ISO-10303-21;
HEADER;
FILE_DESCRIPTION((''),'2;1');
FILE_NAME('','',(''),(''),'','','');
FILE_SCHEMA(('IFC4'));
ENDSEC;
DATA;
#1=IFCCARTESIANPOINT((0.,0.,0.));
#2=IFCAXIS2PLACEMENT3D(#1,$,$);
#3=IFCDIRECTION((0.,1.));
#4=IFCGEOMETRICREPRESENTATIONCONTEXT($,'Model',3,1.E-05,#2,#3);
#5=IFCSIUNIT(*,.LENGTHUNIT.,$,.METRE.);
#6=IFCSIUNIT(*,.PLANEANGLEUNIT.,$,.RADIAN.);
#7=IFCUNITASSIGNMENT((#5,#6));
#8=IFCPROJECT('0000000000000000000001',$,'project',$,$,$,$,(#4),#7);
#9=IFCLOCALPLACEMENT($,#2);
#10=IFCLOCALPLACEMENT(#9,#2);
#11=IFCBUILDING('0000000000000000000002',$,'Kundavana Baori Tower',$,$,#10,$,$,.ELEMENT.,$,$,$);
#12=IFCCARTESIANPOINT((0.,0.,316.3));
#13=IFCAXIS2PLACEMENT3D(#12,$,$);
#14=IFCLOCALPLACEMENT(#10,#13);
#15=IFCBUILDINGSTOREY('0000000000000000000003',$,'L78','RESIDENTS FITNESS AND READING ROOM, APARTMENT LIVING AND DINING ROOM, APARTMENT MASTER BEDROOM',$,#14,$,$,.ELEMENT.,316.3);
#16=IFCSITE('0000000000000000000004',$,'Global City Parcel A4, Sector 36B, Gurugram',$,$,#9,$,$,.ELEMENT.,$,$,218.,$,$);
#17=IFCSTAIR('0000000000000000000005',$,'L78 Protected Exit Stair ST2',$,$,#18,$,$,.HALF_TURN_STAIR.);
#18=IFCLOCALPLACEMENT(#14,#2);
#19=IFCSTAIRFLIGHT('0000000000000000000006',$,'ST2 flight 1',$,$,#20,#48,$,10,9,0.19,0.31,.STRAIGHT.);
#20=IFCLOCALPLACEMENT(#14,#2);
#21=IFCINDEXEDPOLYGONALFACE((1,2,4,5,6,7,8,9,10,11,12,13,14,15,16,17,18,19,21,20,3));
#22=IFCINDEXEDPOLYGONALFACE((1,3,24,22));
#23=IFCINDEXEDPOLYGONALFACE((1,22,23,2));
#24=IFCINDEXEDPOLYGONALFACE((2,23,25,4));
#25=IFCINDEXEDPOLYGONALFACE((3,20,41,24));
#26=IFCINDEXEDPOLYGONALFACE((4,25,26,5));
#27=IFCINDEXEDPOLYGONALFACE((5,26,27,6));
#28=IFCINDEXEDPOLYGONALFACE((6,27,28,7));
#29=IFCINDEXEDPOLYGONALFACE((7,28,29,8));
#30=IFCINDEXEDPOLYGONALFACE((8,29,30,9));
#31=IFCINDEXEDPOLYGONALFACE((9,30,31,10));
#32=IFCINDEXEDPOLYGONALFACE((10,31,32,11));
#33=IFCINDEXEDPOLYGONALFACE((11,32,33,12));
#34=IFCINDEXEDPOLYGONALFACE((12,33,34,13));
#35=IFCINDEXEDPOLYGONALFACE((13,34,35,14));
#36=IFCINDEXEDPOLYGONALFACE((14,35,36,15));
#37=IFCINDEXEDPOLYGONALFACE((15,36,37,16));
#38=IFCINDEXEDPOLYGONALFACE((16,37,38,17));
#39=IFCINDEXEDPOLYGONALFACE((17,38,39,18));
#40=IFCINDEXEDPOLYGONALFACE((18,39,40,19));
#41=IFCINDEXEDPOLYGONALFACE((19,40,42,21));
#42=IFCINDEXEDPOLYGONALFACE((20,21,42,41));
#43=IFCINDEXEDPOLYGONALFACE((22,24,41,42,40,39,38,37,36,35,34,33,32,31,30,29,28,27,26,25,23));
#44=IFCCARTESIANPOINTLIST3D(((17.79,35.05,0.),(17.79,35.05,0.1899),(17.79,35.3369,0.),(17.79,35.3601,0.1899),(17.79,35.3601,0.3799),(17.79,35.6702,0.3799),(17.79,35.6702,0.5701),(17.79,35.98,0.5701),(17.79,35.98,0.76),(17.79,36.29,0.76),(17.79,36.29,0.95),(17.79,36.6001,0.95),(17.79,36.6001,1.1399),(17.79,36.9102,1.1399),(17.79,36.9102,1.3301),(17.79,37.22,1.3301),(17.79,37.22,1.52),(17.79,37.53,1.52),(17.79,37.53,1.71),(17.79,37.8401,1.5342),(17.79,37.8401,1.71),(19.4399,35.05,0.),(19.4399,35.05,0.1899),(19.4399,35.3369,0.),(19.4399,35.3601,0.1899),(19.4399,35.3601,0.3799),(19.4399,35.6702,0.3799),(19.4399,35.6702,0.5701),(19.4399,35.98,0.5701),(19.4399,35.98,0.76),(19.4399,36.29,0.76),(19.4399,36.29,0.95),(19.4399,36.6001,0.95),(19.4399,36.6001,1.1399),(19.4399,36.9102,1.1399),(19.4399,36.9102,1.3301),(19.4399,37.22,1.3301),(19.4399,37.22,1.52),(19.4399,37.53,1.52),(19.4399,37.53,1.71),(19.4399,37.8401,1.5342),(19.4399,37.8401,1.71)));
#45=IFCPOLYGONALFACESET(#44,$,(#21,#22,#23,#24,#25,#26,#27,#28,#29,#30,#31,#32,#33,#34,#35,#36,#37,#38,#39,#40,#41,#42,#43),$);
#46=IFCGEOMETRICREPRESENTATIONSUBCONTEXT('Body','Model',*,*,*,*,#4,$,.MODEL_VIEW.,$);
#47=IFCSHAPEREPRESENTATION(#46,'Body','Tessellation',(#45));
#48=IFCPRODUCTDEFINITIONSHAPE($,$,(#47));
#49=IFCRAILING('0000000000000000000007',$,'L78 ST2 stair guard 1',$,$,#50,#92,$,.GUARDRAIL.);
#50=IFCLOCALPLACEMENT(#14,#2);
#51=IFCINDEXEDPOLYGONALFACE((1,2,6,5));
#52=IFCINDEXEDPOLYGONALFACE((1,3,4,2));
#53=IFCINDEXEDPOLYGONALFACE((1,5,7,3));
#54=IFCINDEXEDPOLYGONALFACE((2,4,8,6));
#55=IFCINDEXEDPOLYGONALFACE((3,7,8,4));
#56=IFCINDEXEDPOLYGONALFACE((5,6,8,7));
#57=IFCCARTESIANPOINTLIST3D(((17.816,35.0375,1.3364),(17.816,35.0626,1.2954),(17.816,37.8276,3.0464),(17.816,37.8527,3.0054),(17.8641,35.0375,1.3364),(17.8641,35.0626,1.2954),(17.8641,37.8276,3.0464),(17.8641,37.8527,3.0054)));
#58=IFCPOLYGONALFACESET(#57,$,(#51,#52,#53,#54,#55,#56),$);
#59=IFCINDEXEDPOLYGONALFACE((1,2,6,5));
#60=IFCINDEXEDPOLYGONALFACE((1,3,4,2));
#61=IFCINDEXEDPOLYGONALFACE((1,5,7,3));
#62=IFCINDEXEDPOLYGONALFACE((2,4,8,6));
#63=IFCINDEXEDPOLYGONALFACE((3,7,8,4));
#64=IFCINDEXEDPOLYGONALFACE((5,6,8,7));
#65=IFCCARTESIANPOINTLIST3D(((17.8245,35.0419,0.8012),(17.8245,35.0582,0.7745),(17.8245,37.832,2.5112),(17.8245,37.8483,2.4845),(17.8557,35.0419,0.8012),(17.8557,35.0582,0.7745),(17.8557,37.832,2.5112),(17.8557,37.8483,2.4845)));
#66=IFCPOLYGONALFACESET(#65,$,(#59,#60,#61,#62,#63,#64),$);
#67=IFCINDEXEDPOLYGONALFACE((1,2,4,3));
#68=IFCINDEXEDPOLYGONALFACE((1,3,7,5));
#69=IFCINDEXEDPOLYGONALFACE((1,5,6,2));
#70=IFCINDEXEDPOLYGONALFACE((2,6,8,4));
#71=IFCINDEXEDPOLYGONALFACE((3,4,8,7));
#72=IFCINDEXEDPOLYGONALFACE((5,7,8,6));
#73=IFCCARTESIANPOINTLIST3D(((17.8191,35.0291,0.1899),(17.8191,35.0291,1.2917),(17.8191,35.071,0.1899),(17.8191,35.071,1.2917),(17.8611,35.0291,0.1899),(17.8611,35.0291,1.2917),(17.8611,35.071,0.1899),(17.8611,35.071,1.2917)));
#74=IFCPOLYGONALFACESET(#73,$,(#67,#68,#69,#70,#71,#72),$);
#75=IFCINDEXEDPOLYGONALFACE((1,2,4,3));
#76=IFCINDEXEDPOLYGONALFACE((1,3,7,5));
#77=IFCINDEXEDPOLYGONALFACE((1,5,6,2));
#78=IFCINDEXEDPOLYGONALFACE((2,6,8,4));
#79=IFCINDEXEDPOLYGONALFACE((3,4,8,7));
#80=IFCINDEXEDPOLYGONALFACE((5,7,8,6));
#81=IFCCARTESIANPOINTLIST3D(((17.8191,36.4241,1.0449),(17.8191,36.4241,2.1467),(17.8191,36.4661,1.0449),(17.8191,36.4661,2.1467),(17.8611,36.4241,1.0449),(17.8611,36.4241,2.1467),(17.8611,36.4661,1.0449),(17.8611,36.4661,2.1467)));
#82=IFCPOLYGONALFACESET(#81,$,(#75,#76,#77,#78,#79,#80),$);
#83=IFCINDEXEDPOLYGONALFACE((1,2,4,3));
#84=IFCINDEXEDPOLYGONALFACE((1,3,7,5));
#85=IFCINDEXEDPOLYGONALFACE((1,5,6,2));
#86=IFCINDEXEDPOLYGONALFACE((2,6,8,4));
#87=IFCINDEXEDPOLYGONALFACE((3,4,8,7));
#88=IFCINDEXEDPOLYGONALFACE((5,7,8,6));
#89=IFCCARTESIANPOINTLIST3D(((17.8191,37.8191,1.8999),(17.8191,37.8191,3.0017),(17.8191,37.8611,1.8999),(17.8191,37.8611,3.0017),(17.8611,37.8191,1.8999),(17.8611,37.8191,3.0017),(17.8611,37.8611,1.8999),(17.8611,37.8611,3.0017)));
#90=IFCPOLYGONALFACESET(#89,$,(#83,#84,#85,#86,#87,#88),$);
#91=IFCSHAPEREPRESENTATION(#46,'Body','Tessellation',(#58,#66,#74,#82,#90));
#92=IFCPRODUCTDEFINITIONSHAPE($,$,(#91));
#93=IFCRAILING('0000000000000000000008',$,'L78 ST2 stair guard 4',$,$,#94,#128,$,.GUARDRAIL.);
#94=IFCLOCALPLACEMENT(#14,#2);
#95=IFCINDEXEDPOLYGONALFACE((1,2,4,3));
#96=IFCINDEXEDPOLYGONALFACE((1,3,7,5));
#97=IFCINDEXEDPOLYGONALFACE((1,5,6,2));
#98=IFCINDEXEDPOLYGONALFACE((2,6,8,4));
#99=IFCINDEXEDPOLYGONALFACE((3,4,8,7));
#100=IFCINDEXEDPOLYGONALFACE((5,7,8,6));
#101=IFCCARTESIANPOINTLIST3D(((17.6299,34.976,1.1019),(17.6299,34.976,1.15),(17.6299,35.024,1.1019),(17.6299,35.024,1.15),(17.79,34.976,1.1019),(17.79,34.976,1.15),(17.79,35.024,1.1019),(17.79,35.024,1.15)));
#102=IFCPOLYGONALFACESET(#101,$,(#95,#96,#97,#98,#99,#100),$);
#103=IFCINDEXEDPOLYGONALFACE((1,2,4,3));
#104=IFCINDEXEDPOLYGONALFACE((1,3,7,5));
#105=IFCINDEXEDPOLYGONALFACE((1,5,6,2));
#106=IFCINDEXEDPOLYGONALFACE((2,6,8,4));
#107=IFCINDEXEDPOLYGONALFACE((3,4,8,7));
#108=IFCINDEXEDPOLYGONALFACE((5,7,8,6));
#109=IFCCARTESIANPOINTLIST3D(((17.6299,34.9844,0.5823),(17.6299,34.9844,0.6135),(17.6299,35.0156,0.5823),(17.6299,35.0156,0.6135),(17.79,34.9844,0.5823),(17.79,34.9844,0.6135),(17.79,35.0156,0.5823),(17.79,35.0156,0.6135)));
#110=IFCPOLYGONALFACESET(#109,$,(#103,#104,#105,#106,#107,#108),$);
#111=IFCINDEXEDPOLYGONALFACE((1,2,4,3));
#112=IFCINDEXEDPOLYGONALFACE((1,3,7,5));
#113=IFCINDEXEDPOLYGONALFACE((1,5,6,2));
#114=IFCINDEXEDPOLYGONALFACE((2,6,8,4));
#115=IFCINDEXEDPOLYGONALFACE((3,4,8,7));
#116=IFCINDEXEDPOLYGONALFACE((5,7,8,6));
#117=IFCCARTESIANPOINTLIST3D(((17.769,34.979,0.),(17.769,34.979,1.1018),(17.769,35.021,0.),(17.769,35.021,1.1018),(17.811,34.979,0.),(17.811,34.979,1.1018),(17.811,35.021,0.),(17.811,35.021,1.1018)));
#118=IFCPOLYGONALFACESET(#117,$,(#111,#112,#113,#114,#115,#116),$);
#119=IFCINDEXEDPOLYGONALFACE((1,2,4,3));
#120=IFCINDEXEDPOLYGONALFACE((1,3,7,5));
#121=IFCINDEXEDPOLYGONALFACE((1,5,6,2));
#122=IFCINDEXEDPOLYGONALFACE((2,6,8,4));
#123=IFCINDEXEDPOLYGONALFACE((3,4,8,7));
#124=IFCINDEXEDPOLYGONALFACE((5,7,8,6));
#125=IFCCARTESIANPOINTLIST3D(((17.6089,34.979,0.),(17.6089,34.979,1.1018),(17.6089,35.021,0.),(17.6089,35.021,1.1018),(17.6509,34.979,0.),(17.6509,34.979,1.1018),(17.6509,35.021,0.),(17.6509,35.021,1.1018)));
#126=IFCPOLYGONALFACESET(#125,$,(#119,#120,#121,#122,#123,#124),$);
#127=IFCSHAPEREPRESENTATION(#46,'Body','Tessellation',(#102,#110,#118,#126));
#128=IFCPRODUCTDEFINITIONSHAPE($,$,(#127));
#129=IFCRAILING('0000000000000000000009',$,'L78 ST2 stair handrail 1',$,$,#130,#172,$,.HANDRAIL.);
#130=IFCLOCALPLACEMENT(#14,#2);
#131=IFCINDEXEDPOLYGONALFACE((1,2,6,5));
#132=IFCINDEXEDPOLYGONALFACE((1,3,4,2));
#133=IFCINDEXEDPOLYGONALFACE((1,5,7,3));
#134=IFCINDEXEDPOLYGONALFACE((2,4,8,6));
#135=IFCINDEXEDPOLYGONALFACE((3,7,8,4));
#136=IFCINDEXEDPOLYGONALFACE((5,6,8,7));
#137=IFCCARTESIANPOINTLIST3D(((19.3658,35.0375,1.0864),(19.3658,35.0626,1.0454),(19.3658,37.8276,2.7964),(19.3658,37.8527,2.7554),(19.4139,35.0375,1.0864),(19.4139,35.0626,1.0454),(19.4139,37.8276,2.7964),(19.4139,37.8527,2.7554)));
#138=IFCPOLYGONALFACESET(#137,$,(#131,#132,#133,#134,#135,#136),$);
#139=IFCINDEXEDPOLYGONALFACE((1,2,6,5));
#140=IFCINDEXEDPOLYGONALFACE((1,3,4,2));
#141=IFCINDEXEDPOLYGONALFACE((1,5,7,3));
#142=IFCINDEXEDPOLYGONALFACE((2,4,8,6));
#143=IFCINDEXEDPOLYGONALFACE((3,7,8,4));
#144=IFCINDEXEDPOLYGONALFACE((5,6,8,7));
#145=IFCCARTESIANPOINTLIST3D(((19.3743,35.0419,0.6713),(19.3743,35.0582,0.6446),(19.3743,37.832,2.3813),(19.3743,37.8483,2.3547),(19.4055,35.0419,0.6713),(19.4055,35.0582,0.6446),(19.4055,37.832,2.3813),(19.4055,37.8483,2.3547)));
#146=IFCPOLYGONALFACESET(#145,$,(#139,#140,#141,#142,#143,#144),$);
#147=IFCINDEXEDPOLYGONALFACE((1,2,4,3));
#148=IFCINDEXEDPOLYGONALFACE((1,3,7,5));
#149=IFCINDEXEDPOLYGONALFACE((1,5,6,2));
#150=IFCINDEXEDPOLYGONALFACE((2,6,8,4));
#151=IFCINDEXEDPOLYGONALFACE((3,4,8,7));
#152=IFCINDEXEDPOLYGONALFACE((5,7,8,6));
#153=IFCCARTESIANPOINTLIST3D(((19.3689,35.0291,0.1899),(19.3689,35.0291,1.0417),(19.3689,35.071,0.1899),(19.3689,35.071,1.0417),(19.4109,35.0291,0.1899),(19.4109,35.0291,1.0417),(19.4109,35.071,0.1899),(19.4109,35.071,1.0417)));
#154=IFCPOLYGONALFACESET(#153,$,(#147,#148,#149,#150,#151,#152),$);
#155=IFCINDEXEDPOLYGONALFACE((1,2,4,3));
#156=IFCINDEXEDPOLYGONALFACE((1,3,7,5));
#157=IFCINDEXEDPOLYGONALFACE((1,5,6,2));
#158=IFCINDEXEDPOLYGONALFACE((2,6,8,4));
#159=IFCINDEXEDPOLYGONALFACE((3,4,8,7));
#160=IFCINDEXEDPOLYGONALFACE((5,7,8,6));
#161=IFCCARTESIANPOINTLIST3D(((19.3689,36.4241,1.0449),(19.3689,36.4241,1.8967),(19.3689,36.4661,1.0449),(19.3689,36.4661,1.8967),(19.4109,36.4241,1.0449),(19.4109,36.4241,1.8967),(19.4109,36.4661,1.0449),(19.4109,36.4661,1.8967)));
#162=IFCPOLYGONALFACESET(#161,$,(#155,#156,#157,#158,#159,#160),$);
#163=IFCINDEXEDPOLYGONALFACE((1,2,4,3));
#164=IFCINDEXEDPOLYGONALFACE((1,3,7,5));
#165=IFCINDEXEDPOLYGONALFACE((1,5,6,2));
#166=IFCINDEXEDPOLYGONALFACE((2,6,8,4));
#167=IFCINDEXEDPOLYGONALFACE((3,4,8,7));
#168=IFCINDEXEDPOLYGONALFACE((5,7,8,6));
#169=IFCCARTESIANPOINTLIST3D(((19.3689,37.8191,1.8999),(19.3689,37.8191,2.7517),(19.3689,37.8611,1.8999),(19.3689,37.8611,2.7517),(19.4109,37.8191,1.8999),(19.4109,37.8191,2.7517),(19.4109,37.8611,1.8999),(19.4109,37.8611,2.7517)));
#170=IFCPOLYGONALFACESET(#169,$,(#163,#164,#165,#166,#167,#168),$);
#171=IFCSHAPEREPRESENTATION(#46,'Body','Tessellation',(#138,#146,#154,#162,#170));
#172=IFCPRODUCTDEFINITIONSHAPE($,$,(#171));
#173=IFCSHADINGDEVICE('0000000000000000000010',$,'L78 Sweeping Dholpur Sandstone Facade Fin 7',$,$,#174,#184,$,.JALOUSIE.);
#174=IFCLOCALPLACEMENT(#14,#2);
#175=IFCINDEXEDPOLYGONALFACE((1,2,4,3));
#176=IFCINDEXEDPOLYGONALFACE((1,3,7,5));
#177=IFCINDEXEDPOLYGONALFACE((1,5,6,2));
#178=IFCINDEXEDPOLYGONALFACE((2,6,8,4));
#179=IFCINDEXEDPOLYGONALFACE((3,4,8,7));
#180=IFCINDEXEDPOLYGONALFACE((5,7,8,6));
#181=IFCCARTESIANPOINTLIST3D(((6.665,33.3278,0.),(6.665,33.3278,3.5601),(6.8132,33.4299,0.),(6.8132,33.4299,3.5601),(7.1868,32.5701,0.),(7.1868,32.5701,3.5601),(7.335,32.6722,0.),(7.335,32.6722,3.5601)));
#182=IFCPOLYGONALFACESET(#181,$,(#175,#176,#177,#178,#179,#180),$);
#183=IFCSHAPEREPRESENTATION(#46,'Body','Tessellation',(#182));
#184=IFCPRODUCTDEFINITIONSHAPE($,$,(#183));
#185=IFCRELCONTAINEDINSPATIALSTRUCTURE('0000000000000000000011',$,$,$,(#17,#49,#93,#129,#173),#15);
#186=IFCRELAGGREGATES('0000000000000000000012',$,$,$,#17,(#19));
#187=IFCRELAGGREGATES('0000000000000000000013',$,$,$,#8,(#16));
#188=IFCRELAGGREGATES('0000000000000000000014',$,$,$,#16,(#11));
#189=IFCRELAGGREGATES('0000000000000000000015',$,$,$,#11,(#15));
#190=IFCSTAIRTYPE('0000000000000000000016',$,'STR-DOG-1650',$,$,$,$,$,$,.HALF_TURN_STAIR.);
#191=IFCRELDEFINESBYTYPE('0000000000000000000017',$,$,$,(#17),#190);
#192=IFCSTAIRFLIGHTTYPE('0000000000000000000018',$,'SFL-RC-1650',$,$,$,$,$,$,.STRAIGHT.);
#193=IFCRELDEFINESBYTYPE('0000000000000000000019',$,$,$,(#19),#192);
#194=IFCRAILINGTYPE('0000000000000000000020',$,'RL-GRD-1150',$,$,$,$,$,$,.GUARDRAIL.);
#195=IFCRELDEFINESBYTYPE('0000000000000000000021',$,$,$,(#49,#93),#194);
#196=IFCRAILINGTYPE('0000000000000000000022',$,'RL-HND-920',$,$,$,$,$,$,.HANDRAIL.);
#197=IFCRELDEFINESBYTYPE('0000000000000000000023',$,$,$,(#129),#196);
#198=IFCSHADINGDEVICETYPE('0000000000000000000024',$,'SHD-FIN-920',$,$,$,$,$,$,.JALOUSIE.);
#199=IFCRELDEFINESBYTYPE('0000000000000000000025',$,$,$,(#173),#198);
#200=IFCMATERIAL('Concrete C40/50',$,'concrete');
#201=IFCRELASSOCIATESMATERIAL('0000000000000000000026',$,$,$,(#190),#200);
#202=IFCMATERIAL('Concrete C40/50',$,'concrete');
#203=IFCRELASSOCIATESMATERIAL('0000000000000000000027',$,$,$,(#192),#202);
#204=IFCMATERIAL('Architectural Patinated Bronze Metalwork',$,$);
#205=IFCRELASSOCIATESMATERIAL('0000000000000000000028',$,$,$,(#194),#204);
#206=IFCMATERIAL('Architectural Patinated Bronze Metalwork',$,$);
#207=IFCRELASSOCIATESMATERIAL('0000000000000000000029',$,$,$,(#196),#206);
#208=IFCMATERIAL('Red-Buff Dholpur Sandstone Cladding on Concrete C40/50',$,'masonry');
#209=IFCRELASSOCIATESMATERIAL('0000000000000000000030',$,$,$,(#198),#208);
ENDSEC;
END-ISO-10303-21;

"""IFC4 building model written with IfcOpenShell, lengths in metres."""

from ifc_helpers import new_model, si_unit, direction, frame, origin, origin_2d, place, context, subcontext, project, spatial, polyline, rectangle, outline, extrude, material, type_object, element, aggregate, save


model = new_model("IFC4")

# Units and contexts
model_context = context("Model", 3, precision=1e-05, world=origin(), true_north=direction((0.0, 1.0)))
body_context = subcontext(model_context, "Body", "Model", "MODEL_VIEW")
ifc_project = project(units=[si_unit("LENGTHUNIT", "METRE"), si_unit("PLANEANGLEUNIT", "RADIAN")], contexts=[model_context])

# Site, building, storey
site_placement = place(None, origin())
site = spatial("IfcSite", under=ifc_project, at=site_placement, Name="Global City Parcel A4, Sector 36B, Gurugram", CompositionType="ELEMENT", RefElevation=218.0)
building_placement = place(site_placement, origin())
building = spatial("IfcBuilding", under=site, at=building_placement, Name="Kundavana Baori Tower", CompositionType="ELEMENT")
storey_placement = place(building_placement, frame((0.0, 0.0, 316.3)))
storey = spatial("IfcBuildingStorey", under=building, at=storey_placement, Name="L78", Description="RESIDENTS FITNESS AND READING ROOM, APARTMENT LIVING AND DINING ROOM, APARTMENT MASTER BEDROOM", CompositionType="ELEMENT", Elevation=316.3)

# Stair, stair flight
ifc_material_1 = material(Name="Concrete C40/50", Category="concrete")
stair_type = type_object("IfcStairType", Name="STR-DOG-1650", PredefinedType="HALF_TURN_STAIR", material=ifc_material_1)
stair_placement = place(storey_placement, origin())
stair = element("IfcStair", 1, at=stair_placement, inside=storey, type_object=stair_type, Name="L78 Protected Exit Stair ST2", PredefinedType="HALF_TURN_STAIR")
ifc_material_2 = material(Name="Concrete C40/50", Category="concrete")
stair_flight_type = type_object("IfcStairFlightType", Name="SFL-RC-1650", PredefinedType="STRAIGHT", material=ifc_material_2)
stair_flight_placement = place(storey_placement, frame((18.615, 35.05, 0.0), z_axis=(0.0, 0.0, 1.0), x_axis=(0.0, 1.0, 0.0)))
stair_flight = element("IfcStairFlight", 2, at=stair_flight_placement, type_object=stair_flight_type, Name="ST2 flight 1", NumberOfRisers=10, NumberOfTreads=9, PredefinedType="STRAIGHT", RiserHeight=0.19, TreadLength=0.31, context=body_context, shape_type="SweptSolid", body=[
    extrude(outline(polyline([(0.0, 0.0), (0.0, 0.1899), (0.3101, 0.1899), (0.3101, 0.3799), (0.6201, 0.3799), (0.6201, 0.5701), (0.9299, 0.5701), (0.9299, 0.76), (1.24, 0.76), (1.24, 0.95), (1.55, 0.95), (1.55, 1.1399), (1.8601, 1.1399), (1.8601, 1.3301), (2.1699, 1.3301), (2.1699, 1.52), (2.48, 1.52), (2.48, 1.71), (2.79, 1.71), (2.79, 1.8999), (2.79, 1.5342), (0.2869, 0.0), (0.0, 0.0)])), frame((0.0, 0.825, 0.0), z_axis=(0.0, -1.0, 0.0), x_axis=(1.0, 0.0, 0.0)), (0.0, 0.0, 1.0), 1.6499),
])
aggregate(stair, [stair_flight])

# Railings
ifc_material_3 = material(Name="Architectural Patinated Bronze Metalwork")
railing_type_1 = type_object("IfcRailingType", Name="RL-GRD-1150", PredefinedType="GUARDRAIL", material=ifc_material_3)
railing_1_placement = place(storey_placement, frame((17.8401, 35.05, 0.1899)))
element("IfcRailing", 3, at=railing_1_placement, inside=storey, type_object=railing_type_1, Name="L78 ST2 stair guard 1", PredefinedType="GUARDRAIL", context=body_context, shape_type="SweptSolid", body=[
    extrude(rectangle(XDim=0.0481, YDim=0.0481, at=origin_2d()), frame((0.0, 0.0, 1.126), z_axis=(0.0, 0.85261, 0.522548), x_axis=(-1.0, 0.0, 0.0)), (0.0, 0.0, 1.0), 3.2725),
    extrude(rectangle(XDim=0.0312, YDim=0.0312, at=origin_2d()), frame((0.0, 0.0, 0.5979), z_axis=(0.0, 0.85261, 0.522548), x_axis=(-1.0, 0.0, 0.0)), (0.0, 0.0, 1.0), 3.2725),
    extrude(rectangle(XDim=0.042, YDim=0.042, at=origin_2d()), origin(), (0.0, 0.0, 1.0), 1.1018),
    extrude(rectangle(XDim=0.042, YDim=0.042, at=origin_2d()), frame((0.0, 1.395, 0.855)), (0.0, 0.0, 1.0), 1.1018),
    extrude(rectangle(XDim=0.042, YDim=0.042, at=origin_2d()), frame((0.0, 2.79, 1.71)), (0.0, 0.0, 1.0), 1.1018),
])
railing_2_placement = place(storey_placement, frame((17.79, 35.0, 0.0)))
element("IfcRailing", 4, at=railing_2_placement, inside=storey, type_object=railing_type_1, Name="L78 ST2 stair guard 4", PredefinedType="GUARDRAIL", context=body_context, shape_type="SweptSolid", body=[
    extrude(rectangle(XDim=0.0481, YDim=0.0481, at=origin_2d()), frame((0.0, 0.0, 1.126), z_axis=(-1.0, 0.0, 0.0), x_axis=(0.0, -1.0, 0.0)), (0.0, 0.0, 1.0), 0.1602),
    extrude(rectangle(XDim=0.0312, YDim=0.0312, at=origin_2d()), frame((0.0, 0.0, 0.5979), z_axis=(-1.0, 0.0, 0.0), x_axis=(0.0, -1.0, 0.0)), (0.0, 0.0, 1.0), 0.1602),
    extrude(rectangle(XDim=0.042, YDim=0.042, at=origin_2d()), origin(), (0.0, 0.0, 1.0), 1.1018),
    extrude(rectangle(XDim=0.042, YDim=0.042, at=origin_2d()), frame((-0.1602, 0.0, 0.0)), (0.0, 0.0, 1.0), 1.1018),
])
ifc_material_4 = material(Name="Architectural Patinated Bronze Metalwork")
railing_type_2 = type_object("IfcRailingType", Name="RL-HND-920", PredefinedType="HANDRAIL", material=ifc_material_4)
railing_3_placement = place(storey_placement, frame((19.3899, 35.05, 0.1899)))
element("IfcRailing", 5, at=railing_3_placement, inside=storey, type_object=railing_type_2, Name="L78 ST2 stair handrail 1", PredefinedType="HANDRAIL", context=body_context, shape_type="SweptSolid", body=[
    extrude(rectangle(XDim=0.0481, YDim=0.0481, at=origin_2d()), frame((0.0, 0.0, 0.876), z_axis=(0.0, 0.85261, 0.522548), x_axis=(-1.0, 0.0, 0.0)), (0.0, 0.0, 1.0), 3.2725),
    extrude(rectangle(XDim=0.0312, YDim=0.0312, at=origin_2d()), frame((0.0, 0.0, 0.468), z_axis=(0.0, 0.85261, 0.522548), x_axis=(-1.0, 0.0, 0.0)), (0.0, 0.0, 1.0), 3.2725),
    extrude(rectangle(XDim=0.042, YDim=0.042, at=origin_2d()), origin(), (0.0, 0.0, 1.0), 0.8518),
    extrude(rectangle(XDim=0.042, YDim=0.042, at=origin_2d()), frame((0.0, 1.395, 0.855)), (0.0, 0.0, 1.0), 0.8518),
    extrude(rectangle(XDim=0.042, YDim=0.042, at=origin_2d()), frame((0.0, 2.79, 1.71)), (0.0, 0.0, 1.0), 0.8518),
])

# Shading device
ifc_material_5 = material(Name="Red-Buff Dholpur Sandstone Cladding on Concrete C40/50", Category="masonry")
shading_device_type = type_object("IfcShadingDeviceType", Name="SHD-FIN-920", PredefinedType="JALOUSIE", material=ifc_material_5)
shading_device_placement = place(storey_placement, frame((7.0, 33.0, 0.0), z_axis=(0.0, 0.0, 1.0), x_axis=(0.823632, 0.567125, 0.0)))
element("IfcShadingDevice", 6, at=shading_device_placement, inside=storey, type_object=shading_device_type, Name="L78 Sweeping Dholpur Sandstone Facade Fin 7", PredefinedType="JALOUSIE", context=body_context, shape_type="SweptSolid", body=[
    extrude(rectangle(XDim=0.1799, YDim=0.9199, at=origin_2d()), origin(), (0.0, 0.0, 1.0), 3.5601),
])

save(model, "model.ifc")
